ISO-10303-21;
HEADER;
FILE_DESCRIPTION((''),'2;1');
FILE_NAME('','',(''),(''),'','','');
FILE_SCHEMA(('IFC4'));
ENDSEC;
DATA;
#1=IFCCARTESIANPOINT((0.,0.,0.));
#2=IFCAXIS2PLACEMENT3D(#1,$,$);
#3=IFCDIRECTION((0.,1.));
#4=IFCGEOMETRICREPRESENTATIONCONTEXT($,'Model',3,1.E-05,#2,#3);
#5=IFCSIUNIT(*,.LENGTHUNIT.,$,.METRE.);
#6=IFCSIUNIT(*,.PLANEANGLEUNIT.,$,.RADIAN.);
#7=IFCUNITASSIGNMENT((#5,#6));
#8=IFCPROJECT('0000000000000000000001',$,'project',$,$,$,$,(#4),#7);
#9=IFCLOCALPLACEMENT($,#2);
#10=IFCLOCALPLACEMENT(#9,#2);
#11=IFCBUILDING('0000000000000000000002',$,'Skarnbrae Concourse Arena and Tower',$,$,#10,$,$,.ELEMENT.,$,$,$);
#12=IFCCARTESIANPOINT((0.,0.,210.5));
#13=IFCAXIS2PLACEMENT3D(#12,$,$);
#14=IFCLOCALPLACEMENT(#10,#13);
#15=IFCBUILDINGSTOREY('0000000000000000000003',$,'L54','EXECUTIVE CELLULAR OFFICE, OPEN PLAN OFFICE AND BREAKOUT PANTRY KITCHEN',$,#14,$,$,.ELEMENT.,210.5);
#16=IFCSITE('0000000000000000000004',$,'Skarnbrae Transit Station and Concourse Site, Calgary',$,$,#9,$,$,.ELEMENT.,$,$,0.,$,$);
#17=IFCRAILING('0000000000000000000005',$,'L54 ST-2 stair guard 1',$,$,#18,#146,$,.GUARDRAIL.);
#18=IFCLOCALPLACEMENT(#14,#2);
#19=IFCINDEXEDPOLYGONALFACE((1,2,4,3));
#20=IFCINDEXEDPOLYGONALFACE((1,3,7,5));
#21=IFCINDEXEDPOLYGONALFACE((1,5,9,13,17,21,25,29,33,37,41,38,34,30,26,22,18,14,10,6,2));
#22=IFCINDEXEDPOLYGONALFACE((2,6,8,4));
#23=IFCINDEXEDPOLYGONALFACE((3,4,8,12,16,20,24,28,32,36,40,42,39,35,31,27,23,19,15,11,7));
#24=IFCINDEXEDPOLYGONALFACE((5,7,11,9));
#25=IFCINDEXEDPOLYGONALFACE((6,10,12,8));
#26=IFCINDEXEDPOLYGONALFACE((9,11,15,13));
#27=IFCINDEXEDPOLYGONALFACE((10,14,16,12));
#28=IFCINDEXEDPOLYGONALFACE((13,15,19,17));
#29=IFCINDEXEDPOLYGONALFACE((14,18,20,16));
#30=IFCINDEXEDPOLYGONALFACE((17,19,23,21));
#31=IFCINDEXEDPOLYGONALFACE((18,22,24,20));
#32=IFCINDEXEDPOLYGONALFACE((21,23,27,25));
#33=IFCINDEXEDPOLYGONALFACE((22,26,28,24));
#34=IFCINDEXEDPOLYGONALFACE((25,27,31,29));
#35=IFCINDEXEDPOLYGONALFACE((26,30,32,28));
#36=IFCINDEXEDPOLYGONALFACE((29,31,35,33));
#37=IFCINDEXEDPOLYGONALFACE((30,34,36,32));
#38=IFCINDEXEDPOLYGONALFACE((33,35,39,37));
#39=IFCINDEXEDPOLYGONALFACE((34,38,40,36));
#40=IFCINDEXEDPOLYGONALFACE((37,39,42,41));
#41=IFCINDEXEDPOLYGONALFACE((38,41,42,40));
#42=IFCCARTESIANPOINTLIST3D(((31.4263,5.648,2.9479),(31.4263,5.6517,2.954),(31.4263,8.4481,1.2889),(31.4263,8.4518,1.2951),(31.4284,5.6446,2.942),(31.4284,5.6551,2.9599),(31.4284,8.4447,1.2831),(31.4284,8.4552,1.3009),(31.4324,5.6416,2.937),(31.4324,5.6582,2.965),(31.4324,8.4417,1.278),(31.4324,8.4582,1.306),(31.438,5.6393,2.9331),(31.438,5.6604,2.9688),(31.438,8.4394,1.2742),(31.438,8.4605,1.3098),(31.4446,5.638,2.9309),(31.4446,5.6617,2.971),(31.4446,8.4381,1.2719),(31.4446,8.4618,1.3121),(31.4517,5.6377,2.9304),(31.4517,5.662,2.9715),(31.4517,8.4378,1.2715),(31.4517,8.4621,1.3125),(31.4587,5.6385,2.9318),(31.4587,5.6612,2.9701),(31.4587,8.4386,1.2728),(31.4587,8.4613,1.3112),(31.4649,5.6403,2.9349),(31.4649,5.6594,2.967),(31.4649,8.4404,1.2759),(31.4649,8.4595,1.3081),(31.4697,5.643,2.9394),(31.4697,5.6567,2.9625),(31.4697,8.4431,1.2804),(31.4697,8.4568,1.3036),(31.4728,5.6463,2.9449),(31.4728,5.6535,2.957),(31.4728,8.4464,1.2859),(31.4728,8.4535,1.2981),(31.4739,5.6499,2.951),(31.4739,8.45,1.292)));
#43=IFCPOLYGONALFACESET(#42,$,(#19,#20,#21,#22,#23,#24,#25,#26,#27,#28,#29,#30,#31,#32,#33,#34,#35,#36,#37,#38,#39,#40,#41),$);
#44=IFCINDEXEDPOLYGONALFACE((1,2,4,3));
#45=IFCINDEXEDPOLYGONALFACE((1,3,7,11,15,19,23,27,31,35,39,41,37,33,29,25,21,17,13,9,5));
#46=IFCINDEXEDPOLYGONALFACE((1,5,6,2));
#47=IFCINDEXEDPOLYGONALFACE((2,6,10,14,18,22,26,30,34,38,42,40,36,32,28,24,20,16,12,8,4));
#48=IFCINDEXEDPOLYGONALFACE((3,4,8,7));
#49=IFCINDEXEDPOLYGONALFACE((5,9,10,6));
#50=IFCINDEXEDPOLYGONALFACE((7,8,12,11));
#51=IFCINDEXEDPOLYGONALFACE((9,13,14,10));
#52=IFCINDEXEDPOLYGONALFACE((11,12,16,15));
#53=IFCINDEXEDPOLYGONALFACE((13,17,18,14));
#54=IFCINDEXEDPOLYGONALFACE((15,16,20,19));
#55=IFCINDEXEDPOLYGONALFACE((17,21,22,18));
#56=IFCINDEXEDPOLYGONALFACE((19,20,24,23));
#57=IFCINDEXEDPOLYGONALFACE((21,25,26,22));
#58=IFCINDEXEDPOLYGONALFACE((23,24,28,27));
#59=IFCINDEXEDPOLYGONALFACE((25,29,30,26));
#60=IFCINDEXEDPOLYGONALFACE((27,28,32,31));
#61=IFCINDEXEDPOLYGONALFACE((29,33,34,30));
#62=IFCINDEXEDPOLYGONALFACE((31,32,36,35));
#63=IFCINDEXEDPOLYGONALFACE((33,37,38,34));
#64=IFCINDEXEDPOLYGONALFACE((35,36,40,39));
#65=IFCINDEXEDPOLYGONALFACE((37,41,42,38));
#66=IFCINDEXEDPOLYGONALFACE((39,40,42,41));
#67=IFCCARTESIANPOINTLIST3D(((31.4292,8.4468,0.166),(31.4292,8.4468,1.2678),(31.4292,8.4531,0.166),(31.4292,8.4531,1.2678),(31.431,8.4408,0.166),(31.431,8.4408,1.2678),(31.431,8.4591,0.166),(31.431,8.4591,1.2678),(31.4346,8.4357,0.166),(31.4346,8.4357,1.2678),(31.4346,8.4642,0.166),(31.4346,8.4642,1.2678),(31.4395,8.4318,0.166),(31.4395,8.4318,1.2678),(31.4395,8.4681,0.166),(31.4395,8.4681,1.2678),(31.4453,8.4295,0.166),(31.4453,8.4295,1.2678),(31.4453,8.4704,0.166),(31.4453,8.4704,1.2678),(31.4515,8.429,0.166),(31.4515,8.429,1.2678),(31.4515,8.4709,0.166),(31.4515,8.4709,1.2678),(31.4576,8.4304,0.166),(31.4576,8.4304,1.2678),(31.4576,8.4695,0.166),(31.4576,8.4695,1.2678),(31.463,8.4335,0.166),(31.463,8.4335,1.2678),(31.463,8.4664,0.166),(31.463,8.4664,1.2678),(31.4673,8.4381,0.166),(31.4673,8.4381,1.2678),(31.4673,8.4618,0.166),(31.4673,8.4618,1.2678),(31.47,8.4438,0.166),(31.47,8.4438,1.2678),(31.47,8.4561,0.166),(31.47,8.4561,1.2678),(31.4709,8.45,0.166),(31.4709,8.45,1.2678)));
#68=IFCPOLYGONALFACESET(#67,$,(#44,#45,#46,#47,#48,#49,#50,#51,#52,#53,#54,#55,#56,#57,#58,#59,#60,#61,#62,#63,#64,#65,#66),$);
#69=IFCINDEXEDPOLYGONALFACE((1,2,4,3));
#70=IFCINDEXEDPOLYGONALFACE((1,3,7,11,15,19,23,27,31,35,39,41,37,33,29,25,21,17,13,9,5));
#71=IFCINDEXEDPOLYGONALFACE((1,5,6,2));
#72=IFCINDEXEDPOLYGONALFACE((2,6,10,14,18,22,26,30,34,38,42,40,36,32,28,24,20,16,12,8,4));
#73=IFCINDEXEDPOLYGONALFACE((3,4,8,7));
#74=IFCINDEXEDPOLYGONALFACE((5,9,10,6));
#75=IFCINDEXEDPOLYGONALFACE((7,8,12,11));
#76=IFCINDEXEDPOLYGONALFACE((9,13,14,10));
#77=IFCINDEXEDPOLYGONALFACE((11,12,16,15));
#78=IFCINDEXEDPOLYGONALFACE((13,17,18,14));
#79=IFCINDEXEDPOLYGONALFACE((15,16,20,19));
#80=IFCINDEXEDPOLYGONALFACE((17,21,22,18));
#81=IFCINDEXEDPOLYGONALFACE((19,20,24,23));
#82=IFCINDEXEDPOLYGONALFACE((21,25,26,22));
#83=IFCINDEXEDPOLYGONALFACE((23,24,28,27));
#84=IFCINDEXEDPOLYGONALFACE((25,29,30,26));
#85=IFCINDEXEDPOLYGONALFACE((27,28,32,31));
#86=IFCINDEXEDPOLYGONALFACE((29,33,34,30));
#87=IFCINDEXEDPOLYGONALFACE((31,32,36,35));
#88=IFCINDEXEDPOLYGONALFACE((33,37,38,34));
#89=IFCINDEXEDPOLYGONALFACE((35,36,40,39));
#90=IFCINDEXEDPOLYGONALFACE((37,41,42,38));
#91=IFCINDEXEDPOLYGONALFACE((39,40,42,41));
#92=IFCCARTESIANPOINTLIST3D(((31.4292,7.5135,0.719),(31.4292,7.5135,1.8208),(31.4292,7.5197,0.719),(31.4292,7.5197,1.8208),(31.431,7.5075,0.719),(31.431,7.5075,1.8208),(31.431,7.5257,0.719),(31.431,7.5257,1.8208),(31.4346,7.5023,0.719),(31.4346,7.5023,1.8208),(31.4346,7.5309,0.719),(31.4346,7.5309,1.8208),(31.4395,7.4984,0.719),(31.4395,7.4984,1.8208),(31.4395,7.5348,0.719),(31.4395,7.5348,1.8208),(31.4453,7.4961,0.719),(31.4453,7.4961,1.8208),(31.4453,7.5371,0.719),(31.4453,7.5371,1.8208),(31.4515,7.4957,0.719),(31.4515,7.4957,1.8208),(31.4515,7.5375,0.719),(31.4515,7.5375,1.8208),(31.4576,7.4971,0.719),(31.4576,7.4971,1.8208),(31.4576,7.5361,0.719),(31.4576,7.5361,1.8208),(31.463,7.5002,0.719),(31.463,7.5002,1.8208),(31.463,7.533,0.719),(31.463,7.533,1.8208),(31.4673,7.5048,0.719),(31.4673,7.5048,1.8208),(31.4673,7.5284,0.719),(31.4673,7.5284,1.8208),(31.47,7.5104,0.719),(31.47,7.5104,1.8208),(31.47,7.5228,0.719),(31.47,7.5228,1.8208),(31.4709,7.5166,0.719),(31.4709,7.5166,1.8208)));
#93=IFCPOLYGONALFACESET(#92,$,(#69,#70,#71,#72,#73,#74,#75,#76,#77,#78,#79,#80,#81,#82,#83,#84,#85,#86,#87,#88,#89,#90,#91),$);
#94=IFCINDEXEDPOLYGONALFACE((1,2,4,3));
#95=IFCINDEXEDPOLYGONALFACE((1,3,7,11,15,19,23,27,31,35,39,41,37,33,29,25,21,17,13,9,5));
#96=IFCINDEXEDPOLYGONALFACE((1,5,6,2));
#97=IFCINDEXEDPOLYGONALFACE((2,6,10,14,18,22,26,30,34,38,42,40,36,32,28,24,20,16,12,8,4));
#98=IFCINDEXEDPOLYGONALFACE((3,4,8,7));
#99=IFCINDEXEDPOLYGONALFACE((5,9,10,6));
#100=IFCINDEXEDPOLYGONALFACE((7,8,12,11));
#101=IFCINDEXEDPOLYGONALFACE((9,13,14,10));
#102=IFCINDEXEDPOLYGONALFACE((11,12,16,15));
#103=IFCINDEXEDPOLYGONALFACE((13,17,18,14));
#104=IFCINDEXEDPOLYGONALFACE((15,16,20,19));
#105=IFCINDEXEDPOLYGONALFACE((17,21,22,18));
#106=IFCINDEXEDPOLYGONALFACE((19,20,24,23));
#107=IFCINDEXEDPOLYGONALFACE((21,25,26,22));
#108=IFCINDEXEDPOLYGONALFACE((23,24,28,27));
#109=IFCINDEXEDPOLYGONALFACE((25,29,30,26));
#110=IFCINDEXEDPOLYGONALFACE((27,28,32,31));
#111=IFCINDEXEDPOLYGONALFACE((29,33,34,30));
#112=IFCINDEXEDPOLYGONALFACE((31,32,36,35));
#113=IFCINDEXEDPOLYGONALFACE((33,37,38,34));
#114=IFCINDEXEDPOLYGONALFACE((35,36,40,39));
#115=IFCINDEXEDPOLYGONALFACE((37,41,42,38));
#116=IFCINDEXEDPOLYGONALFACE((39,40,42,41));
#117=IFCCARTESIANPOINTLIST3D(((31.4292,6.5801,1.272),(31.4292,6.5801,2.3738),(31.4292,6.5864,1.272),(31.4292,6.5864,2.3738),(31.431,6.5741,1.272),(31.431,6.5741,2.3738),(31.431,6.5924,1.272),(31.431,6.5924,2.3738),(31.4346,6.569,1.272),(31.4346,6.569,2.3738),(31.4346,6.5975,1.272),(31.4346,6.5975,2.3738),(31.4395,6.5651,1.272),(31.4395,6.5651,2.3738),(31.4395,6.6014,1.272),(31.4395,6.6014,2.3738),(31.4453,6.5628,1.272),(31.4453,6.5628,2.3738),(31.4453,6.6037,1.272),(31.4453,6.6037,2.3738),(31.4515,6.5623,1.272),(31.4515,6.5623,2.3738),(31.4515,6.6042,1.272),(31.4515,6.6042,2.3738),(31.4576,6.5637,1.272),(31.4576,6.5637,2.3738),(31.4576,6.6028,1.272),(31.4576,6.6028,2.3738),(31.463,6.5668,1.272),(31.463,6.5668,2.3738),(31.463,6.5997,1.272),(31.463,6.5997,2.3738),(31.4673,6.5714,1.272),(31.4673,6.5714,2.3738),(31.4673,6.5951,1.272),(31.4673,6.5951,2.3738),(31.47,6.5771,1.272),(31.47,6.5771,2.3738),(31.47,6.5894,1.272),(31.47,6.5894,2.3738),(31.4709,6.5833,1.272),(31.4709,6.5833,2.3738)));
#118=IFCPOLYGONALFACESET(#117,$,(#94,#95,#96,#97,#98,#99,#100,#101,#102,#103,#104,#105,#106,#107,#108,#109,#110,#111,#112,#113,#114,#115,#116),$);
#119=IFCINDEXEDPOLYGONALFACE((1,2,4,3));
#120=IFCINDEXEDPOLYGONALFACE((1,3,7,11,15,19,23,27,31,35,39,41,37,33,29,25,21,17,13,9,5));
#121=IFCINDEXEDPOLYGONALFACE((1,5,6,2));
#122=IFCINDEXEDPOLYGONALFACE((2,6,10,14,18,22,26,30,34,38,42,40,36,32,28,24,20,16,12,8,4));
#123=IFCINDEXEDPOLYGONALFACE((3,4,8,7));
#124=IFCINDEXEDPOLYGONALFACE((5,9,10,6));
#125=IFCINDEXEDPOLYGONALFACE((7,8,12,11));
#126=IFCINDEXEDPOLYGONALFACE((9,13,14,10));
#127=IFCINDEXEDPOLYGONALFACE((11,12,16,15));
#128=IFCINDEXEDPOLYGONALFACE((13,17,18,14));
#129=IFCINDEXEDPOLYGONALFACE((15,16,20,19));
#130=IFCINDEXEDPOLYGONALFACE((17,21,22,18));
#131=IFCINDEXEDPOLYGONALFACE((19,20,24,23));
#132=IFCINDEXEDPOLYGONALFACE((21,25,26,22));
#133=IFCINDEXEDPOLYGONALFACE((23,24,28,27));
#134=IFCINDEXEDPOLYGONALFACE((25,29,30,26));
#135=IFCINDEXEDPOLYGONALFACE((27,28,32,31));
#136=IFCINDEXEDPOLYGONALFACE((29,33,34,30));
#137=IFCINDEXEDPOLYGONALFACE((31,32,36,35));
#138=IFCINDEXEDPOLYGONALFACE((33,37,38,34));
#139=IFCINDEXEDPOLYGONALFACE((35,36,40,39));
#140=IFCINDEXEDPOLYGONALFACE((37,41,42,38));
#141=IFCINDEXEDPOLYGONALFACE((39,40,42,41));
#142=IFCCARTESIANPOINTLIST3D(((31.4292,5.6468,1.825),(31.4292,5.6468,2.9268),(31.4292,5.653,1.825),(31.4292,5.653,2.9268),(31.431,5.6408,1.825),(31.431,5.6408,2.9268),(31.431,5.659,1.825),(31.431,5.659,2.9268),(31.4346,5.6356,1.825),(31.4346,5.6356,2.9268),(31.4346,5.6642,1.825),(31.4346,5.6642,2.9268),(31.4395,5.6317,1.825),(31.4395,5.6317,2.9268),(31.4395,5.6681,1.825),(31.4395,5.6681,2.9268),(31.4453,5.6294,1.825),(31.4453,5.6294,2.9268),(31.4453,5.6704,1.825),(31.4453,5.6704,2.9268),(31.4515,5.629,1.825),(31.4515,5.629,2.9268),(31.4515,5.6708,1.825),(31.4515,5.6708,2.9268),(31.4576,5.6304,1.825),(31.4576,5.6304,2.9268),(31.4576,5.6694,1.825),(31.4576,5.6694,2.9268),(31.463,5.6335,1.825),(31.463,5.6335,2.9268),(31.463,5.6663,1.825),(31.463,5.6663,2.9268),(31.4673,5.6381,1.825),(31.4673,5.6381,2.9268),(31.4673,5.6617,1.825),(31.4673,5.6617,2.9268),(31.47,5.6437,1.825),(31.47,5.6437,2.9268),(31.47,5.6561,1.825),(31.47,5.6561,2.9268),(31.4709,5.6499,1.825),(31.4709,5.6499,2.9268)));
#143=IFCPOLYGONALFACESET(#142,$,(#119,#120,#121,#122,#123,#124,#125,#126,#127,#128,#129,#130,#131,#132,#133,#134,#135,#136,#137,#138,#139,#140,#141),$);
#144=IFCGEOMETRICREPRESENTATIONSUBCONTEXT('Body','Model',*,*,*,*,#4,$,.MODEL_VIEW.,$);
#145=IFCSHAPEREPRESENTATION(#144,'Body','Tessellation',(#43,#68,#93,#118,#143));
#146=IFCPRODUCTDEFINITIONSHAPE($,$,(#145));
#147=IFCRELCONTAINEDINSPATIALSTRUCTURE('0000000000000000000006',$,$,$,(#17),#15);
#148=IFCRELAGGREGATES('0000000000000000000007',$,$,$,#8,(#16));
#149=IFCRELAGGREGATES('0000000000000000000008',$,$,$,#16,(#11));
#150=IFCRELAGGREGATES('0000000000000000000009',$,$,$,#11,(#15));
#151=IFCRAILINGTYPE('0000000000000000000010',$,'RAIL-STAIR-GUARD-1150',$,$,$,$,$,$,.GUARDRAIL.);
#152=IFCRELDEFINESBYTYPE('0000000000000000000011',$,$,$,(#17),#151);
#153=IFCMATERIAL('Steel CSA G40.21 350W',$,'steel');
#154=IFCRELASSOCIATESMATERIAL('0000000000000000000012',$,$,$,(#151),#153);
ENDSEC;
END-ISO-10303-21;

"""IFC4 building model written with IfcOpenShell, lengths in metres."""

from ifc_helpers import new_model, si_unit, direction, frame, origin, origin_2d, place, context, subcontext, project, spatial, circle, extrude, material, type_object, element, save


model = new_model("IFC4")

# Units and contexts
model_context = context("Model", 3, precision=1e-05, world=origin(), true_north=direction((0.0, 1.0)))
body_context = subcontext(model_context, "Body", "Model", "MODEL_VIEW")
ifc_project = project(units=[si_unit("LENGTHUNIT", "METRE"), si_unit("PLANEANGLEUNIT", "RADIAN")], contexts=[model_context])

# Site, building, storey
site_placement = place(None, origin())
site = spatial("IfcSite", under=ifc_project, at=site_placement, Name="Skarnbrae Transit Station and Concourse Site, Calgary", CompositionType="ELEMENT", RefElevation=0.0)
building_placement = place(site_placement, origin())
building = spatial("IfcBuilding", under=site, at=building_placement, Name="Skarnbrae Concourse Arena and Tower", CompositionType="ELEMENT")
storey_placement = place(building_placement, frame((0.0, 0.0, 210.5)))
storey = spatial("IfcBuildingStorey", under=building, at=storey_placement, Name="L54", Description="EXECUTIVE CELLULAR OFFICE, OPEN PLAN OFFICE AND BREAKOUT PANTRY KITCHEN", CompositionType="ELEMENT", Elevation=210.5)

# Shared definitions
ifc_material_1 = material(Name="Steel CSA G40.21 350W", Category="steel")

# Railing
railing_type = type_object("IfcRailingType", Name="RAIL-STAIR-GUARD-1150", PredefinedType="GUARDRAIL", material=ifc_material_1)
railing_1_placement = place(storey_placement, frame((31.45, 8.45, 0.166)))
element("IfcRailing", 1, at=railing_1_placement, inside=storey, type_object=railing_type, Name="L54 ST-2 stair guard 1", PredefinedType="GUARDRAIL", context=body_context, shape_type="SweptSolid", body=[
    extrude(circle(Radius=0.0239, at=origin_2d()), frame((0.0, 0.0, 1.126), z_axis=(0.0, -0.860339, 0.509722), x_axis=(1.0, 0.0, 0.0)), (0.0, 0.0, 1.0), 3.2546),
    extrude(circle(Radius=0.021, at=origin_2d()), origin(), (0.0, 0.0, 1.0), 1.1018),
    extrude(circle(Radius=0.021, at=origin_2d()), frame((0.0, -0.9333, 0.553)), (0.0, 0.0, 1.0), 1.1018),
    extrude(circle(Radius=0.021, at=origin_2d()), frame((0.0, -1.8667, 1.106)), (0.0, 0.0, 1.0), 1.1018),
    extrude(circle(Radius=0.021, at=origin_2d()), frame((0.0, -2.8, 1.6589)), (0.0, 0.0, 1.0), 1.1018),
])

save(model, "model.ifc")
